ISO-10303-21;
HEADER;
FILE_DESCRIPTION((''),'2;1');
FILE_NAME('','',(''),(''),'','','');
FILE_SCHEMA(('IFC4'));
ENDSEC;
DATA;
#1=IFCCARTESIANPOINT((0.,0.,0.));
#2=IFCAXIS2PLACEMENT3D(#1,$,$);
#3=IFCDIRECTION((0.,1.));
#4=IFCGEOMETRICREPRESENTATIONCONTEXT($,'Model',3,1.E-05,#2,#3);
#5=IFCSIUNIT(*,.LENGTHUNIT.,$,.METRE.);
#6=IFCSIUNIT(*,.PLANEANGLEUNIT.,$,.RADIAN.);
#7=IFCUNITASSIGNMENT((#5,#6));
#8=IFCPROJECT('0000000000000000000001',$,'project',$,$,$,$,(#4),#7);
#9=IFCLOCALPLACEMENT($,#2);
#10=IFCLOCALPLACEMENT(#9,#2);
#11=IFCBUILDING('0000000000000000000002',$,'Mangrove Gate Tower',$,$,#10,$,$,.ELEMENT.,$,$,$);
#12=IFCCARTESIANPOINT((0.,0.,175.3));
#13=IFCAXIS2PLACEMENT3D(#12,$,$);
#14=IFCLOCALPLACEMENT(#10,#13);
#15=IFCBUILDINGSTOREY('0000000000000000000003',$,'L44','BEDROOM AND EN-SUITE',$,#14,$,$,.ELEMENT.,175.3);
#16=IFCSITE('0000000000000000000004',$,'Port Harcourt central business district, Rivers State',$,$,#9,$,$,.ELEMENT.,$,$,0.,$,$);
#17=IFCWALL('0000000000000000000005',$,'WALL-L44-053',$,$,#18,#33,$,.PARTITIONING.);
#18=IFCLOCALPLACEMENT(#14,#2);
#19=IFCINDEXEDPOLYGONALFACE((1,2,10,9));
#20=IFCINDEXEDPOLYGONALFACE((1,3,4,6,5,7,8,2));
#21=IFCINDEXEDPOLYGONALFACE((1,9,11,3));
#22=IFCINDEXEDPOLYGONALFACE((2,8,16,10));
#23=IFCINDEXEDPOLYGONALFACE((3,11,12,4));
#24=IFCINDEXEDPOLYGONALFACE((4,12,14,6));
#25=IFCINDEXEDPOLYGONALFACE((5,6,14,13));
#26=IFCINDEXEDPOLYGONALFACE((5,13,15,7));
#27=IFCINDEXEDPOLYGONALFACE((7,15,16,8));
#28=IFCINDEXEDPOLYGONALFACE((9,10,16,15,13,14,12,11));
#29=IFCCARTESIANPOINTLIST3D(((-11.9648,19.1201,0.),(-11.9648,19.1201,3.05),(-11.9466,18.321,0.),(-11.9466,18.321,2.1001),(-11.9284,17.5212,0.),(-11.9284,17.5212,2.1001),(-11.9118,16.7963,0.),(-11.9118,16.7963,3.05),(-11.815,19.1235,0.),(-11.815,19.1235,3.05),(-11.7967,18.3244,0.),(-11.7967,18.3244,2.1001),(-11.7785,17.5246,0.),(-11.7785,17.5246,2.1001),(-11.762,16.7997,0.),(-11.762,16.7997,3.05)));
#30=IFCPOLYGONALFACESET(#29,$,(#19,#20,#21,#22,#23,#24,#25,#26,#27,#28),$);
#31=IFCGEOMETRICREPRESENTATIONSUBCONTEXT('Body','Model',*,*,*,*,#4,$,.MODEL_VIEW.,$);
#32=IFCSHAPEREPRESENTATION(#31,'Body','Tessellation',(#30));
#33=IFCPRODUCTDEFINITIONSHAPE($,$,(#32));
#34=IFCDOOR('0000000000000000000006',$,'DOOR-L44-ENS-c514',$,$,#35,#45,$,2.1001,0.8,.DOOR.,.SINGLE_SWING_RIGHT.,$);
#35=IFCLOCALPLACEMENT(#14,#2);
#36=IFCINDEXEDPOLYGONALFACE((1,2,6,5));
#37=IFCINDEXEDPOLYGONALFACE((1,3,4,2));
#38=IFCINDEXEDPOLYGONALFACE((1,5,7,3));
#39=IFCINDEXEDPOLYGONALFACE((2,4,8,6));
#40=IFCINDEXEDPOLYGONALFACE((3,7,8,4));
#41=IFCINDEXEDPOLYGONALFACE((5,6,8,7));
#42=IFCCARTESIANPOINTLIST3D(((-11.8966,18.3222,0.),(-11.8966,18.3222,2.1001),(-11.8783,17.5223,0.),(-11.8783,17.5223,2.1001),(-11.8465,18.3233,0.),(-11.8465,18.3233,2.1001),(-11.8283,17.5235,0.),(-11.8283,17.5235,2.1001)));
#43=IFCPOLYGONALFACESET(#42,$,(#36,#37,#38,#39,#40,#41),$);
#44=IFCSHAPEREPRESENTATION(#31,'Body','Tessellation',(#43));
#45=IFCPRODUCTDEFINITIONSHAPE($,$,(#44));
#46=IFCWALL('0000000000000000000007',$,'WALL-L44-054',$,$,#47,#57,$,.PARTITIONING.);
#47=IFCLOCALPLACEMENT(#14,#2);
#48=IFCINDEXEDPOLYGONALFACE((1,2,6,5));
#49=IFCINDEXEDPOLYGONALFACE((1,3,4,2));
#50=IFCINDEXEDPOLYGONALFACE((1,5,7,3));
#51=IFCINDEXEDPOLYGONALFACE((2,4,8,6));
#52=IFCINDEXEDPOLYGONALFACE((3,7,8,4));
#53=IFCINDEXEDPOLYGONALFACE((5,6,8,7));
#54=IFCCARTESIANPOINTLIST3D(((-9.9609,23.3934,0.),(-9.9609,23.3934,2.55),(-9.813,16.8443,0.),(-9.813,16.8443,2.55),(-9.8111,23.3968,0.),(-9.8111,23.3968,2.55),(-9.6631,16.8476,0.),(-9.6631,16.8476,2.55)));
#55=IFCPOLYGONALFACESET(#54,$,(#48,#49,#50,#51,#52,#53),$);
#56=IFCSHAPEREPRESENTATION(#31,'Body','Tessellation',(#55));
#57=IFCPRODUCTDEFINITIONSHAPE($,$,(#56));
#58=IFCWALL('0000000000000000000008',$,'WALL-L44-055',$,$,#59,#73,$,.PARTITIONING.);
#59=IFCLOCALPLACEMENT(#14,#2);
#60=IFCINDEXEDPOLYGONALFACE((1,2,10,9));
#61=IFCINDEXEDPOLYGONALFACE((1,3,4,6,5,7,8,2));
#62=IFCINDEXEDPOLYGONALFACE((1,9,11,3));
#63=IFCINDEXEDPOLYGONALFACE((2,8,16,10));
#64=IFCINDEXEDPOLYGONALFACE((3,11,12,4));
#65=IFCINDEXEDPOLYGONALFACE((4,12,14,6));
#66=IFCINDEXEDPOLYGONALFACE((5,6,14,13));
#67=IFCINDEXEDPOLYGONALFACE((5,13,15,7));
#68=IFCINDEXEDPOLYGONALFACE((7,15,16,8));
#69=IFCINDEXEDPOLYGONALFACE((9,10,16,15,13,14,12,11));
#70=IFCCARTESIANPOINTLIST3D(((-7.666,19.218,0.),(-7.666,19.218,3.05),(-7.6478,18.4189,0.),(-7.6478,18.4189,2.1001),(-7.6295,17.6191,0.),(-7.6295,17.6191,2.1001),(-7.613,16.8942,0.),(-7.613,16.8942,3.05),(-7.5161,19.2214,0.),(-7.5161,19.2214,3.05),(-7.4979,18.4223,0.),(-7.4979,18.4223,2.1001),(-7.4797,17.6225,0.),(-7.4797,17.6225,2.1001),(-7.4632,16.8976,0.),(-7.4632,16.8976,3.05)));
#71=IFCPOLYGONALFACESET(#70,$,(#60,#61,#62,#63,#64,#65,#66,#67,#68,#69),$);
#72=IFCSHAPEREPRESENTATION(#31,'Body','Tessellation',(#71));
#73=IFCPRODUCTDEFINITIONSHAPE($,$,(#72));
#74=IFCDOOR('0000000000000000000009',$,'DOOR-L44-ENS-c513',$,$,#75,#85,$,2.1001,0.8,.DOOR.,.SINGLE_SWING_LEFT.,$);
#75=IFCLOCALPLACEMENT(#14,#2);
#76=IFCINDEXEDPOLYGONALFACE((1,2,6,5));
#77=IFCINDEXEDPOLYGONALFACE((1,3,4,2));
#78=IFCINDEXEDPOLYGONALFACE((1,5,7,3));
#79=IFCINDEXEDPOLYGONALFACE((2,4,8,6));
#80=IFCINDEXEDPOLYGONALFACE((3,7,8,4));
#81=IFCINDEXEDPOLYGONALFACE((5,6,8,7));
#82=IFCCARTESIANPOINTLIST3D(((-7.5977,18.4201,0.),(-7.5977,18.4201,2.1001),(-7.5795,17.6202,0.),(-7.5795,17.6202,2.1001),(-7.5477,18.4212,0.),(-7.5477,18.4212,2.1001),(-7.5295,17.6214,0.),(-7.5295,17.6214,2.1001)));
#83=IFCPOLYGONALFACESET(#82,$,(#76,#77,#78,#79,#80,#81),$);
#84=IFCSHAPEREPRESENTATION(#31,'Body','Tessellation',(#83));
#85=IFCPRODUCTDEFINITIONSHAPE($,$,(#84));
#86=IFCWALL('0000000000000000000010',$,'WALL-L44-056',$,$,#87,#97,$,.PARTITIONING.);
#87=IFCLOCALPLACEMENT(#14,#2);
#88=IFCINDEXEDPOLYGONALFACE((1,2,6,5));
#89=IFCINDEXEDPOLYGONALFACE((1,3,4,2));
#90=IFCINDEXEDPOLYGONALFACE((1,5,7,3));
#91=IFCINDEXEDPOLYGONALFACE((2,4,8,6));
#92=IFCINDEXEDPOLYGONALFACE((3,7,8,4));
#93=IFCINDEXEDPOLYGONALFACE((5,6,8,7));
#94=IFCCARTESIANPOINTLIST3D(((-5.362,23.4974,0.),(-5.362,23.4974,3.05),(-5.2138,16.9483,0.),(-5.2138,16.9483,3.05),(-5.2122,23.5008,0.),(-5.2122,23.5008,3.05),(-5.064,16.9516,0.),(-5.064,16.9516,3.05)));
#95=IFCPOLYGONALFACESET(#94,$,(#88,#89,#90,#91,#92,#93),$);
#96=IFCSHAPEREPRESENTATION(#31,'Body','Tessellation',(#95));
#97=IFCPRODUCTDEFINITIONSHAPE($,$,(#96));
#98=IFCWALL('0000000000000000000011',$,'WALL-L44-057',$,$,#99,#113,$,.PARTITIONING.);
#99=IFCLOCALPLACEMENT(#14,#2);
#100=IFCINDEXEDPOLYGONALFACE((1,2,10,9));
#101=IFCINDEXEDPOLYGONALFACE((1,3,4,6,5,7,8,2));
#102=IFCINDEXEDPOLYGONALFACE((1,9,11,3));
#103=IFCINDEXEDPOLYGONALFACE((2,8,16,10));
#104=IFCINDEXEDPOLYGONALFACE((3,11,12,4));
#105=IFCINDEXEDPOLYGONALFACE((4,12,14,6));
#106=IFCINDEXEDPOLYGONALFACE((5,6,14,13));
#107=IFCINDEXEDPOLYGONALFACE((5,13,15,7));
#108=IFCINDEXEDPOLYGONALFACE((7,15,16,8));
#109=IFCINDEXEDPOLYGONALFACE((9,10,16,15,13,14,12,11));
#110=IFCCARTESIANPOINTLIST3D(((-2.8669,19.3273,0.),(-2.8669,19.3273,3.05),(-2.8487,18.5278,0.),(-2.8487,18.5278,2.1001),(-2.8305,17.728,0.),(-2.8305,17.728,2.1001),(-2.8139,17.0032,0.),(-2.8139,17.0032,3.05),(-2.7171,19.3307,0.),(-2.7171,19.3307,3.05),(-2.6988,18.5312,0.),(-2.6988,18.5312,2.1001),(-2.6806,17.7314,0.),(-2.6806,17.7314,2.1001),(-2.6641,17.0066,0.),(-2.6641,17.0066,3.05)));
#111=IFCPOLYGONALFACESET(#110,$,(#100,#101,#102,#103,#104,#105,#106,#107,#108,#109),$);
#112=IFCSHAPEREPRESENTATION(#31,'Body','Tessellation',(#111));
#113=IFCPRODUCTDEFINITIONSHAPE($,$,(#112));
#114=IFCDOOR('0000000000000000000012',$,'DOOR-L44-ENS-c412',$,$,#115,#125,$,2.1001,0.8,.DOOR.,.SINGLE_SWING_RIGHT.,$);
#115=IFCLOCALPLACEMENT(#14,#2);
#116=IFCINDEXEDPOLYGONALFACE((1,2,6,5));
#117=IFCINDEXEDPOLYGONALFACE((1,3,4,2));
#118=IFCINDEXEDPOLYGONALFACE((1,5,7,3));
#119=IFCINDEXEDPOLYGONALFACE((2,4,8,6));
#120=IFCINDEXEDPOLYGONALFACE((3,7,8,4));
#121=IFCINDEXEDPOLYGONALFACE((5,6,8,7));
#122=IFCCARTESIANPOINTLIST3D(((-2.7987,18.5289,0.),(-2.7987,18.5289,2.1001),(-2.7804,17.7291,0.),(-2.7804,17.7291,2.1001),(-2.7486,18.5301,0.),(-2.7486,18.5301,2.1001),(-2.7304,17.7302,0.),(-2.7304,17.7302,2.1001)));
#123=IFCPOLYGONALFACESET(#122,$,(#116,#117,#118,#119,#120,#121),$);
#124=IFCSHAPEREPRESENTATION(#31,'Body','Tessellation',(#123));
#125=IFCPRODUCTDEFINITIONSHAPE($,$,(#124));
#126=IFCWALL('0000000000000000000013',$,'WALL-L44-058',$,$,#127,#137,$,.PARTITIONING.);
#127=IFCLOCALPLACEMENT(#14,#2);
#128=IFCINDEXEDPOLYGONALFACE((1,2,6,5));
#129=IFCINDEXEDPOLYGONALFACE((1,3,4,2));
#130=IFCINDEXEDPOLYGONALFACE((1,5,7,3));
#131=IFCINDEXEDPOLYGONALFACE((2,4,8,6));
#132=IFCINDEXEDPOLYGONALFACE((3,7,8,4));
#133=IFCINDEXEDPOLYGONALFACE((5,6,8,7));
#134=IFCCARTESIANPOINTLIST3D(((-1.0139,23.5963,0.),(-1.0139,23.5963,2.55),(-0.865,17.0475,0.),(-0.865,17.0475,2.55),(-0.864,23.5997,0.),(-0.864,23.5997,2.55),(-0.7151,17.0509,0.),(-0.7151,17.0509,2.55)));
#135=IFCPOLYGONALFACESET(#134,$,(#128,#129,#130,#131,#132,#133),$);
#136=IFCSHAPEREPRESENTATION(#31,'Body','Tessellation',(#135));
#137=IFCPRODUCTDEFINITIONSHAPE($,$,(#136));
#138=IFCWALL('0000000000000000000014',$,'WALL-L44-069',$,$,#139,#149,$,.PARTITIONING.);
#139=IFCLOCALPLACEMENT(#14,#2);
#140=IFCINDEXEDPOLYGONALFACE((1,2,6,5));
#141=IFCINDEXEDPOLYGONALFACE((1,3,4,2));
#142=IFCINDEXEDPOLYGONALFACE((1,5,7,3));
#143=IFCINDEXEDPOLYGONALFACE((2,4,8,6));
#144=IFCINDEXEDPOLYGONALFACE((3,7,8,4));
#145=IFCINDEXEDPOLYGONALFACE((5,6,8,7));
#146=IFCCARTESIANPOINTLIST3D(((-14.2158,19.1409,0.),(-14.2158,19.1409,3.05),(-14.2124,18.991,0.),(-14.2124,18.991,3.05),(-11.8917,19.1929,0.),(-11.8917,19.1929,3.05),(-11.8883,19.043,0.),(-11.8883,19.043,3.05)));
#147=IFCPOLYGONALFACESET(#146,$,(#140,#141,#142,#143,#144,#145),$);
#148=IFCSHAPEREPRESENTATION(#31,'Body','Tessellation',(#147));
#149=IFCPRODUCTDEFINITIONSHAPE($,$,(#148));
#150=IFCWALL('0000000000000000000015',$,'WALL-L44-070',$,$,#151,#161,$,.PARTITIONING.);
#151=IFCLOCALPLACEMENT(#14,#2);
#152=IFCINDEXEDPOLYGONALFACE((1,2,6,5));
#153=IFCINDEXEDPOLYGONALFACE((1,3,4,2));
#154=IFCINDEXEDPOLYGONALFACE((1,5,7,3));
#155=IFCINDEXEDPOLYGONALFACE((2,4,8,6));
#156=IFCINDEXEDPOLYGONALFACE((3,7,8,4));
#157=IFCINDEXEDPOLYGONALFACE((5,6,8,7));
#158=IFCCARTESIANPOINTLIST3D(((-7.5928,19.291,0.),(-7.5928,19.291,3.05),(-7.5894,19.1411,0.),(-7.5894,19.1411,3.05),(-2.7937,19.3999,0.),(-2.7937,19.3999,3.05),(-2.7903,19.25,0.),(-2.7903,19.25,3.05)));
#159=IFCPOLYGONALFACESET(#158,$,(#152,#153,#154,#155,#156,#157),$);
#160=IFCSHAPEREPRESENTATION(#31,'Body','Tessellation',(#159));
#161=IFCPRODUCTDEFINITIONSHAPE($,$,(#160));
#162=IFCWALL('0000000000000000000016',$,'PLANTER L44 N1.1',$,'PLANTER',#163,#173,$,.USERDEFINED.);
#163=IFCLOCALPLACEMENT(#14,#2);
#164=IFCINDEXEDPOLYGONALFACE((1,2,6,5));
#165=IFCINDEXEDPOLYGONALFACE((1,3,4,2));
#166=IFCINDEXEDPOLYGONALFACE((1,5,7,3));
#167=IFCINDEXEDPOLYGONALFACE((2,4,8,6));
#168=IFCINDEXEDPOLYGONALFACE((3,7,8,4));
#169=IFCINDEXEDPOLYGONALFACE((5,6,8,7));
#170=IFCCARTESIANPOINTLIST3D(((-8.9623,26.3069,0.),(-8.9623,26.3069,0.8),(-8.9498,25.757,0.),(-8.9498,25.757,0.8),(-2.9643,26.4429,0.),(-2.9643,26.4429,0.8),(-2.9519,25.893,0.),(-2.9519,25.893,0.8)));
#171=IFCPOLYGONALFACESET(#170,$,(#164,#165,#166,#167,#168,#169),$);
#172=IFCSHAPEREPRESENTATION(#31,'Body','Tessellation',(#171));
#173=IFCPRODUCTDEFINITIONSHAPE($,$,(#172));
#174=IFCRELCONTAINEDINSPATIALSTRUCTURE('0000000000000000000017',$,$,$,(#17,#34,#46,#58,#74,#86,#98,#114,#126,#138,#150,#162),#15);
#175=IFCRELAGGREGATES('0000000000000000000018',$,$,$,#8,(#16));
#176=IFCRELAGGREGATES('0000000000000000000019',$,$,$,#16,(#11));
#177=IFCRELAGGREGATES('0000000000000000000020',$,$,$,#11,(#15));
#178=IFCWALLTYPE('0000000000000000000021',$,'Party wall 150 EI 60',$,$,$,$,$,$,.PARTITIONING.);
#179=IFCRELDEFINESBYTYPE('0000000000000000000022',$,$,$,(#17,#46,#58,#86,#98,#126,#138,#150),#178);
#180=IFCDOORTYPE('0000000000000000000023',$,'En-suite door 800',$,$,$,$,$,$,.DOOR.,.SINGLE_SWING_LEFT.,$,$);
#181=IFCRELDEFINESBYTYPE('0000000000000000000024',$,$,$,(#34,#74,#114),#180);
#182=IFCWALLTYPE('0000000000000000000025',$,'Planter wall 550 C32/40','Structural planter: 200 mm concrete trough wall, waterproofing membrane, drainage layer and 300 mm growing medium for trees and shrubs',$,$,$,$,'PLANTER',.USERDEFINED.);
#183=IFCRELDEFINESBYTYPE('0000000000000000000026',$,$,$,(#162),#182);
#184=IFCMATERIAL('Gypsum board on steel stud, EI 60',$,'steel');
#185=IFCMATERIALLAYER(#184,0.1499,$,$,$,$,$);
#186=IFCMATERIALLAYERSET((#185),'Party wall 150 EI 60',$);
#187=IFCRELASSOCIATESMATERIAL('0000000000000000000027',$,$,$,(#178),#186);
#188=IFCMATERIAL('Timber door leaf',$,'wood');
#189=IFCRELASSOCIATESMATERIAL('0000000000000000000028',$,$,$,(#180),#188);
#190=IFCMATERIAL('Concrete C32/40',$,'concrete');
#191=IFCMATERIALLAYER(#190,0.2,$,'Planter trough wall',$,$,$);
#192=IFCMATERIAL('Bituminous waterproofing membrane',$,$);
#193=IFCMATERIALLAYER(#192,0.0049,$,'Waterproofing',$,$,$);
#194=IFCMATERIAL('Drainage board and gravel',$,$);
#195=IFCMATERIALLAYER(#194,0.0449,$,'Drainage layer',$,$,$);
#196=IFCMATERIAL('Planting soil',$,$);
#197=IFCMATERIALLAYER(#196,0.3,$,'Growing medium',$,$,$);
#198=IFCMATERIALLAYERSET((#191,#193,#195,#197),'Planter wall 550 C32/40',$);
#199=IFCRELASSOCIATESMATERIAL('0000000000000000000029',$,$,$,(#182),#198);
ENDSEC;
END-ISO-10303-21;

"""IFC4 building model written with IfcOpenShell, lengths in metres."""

from ifc_helpers import new_model, si_unit, direction, frame, frame_2d, origin, place, context, subcontext, project, spatial, rectangle, extrude, material, layer, layer_set, type_object, element, fill, save


model = new_model("IFC4")

# Units and contexts
model_context = context("Model", 3, precision=1e-05, world=origin(), true_north=direction((0.0, 1.0)))
body_context = subcontext(model_context, "Body", "Model", "MODEL_VIEW")
ifc_project = project(units=[si_unit("LENGTHUNIT", "METRE"), si_unit("PLANEANGLEUNIT", "RADIAN")], contexts=[model_context])

# Site, building, storey
site_placement = place(None, origin())
site = spatial("IfcSite", under=ifc_project, at=site_placement, Name="Port Harcourt central business district, Rivers State", CompositionType="ELEMENT", RefElevation=0.0)
building_placement = place(site_placement, origin())
building = spatial("IfcBuilding", under=site, at=building_placement, Name="Mangrove Gate Tower", CompositionType="ELEMENT")
storey_placement = place(building_placement, frame((0.0, 0.0, 175.3)))
storey = spatial("IfcBuildingStorey", under=building, at=storey_placement, Name="L44", Description="BEDROOM AND EN-SUITE", CompositionType="ELEMENT", Elevation=175.3)

# Shared definitions
ifc_material_1 = material(Name="Gypsum board on steel stud, EI 60", Category="steel")
ifc_layer_1 = layer(ifc_material_1, 0.1499)
ifc_layer_set_1 = layer_set([ifc_layer_1], Name="Party wall 150 EI 60")
wall_type_1 = type_object("IfcWallType", Name="Party wall 150 EI 60", PredefinedType="PARTITIONING", material=ifc_layer_set_1)

# Wall, opening, door
wall_1_placement = place(storey_placement, frame((-11.8369, 16.7981, 0.0), z_axis=(0.0, 0.0, 1.0), x_axis=(-0.022791, 0.99974, 0.0)))
wall_1 = element("IfcWall", 1, at=wall_1_placement, inside=storey, type_object=wall_type_1, Name="WALL-L44-053", PredefinedType="PARTITIONING", context=body_context, shape_type="SweptSolid", body=[
    extrude(rectangle(XDim=2.3245, YDim=0.1499, at=frame_2d((1.1621, 0.0))), origin(), (0.0, 0.0, 1.0), 3.05),
])
opening_1_placement = place(wall_1_placement, frame((0.7251, 0.0, 0.0)))
opening_1 = element("IfcOpeningElement", 2, at=opening_1_placement, cuts=wall_1, PredefinedType="OPENING", context=body_context, shape_type="SweptSolid", body=[
    extrude(rectangle(XDim=0.8, YDim=2.1001, at=frame_2d((0.3999, 1.05))), frame((0.0, 0.085, 0.0), z_axis=(0.0, -1.0, 0.0), x_axis=(1.0, 0.0, 0.0)), (0.0, 0.0, 1.0), 0.1699),
])
ifc_material_2 = material(Name="Timber door leaf", Category="wood")
door_type_1 = type_object("IfcDoorType", Name="En-suite door 800", OperationType="SINGLE_SWING_LEFT", PredefinedType="DOOR", material=ifc_material_2)
door_1_placement = place(opening_1_placement, origin())
door_1 = element("IfcDoor", 3, at=door_1_placement, inside=storey, type_object=door_type_1, Name="DOOR-L44-ENS-c514", OperationType="SINGLE_SWING_RIGHT", OverallHeight=2.1001, OverallWidth=0.8, PredefinedType="DOOR", context=body_context, shape_type="SweptSolid", body=[
    extrude(rectangle(XDim=0.8, YDim=2.1001, at=frame_2d((0.3999, 1.05))), frame((0.0, 0.0249, 0.0), z_axis=(0.0, -1.0, 0.0), x_axis=(1.0, 0.0, 0.0)), (0.0, 0.0, 1.0), 0.05),
])
fill(opening_1, door_1)

# Wall
wall_2_placement = place(storey_placement, frame((-9.738, 16.8459, 0.0), z_axis=(0.0, 0.0, 1.0), x_axis=(-0.022585, 0.999745, 0.0)))
element("IfcWall", 4, at=wall_2_placement, inside=storey, type_object=wall_type_1, Name="WALL-L44-054", PredefinedType="PARTITIONING", context=body_context, shape_type="SweptSolid", body=[
    extrude(rectangle(XDim=6.5508, YDim=0.1499, at=frame_2d((3.2754, 0.0))), origin(), (0.0, 0.0, 1.0), 2.55),
])

# Wall, opening, door
wall_3_placement = place(storey_placement, frame((-7.5381, 16.896, 0.0), z_axis=(0.0, 0.0, 1.0), x_axis=(-0.022791, 0.99974, 0.0)))
wall_3 = element("IfcWall", 5, at=wall_3_placement, inside=storey, type_object=wall_type_1, Name="WALL-L44-055", PredefinedType="PARTITIONING", context=body_context, shape_type="SweptSolid", body=[
    extrude(rectangle(XDim=2.3245, YDim=0.1499, at=frame_2d((1.1621, 0.0))), origin(), (0.0, 0.0, 1.0), 3.05),
])
opening_2_placement = place(wall_3_placement, frame((0.7251, 0.0, 0.0)))
opening_2 = element("IfcOpeningElement", 6, at=opening_2_placement, cuts=wall_3, PredefinedType="OPENING", context=body_context, shape_type="SweptSolid", body=[
    extrude(rectangle(XDim=0.8, YDim=2.1001, at=frame_2d((0.3999, 1.05))), frame((0.0, 0.085, 0.0), z_axis=(0.0, -1.0, 0.0), x_axis=(1.0, 0.0, 0.0)), (0.0, 0.0, 1.0), 0.1699),
])
door_2_placement = place(opening_2_placement, origin())
door_2 = element("IfcDoor", 7, at=door_2_placement, inside=storey, type_object=door_type_1, Name="DOOR-L44-ENS-c513", OperationType="SINGLE_SWING_LEFT", OverallHeight=2.1001, OverallWidth=0.8, PredefinedType="DOOR", context=body_context, shape_type="SweptSolid", body=[
    extrude(rectangle(XDim=0.8, YDim=2.1001, at=frame_2d((0.3999, 1.05))), frame((0.0, 0.0249, 0.0), z_axis=(0.0, -1.0, 0.0), x_axis=(1.0, 0.0, 0.0)), (0.0, 0.0, 1.0), 0.05),
])
fill(opening_2, door_2)

# Wall
wall_4_placement = place(storey_placement, frame((-5.1389, 16.95, 0.0), z_axis=(0.0, 0.0, 1.0), x_axis=(-0.022622, 0.999744, 0.0)))
element("IfcWall", 8, at=wall_4_placement, inside=storey, type_object=wall_type_1, Name="WALL-L44-056", PredefinedType="PARTITIONING", context=body_context, shape_type="SweptSolid", body=[
    extrude(rectangle(XDim=6.5508, YDim=0.1499, at=frame_2d((3.2754, 0.0))), origin(), (0.0, 0.0, 1.0), 3.05),
])

# Wall, opening, door
wall_5_placement = place(storey_placement, frame((-2.739, 17.0049, 0.0), z_axis=(0.0, 0.0, 1.0), x_axis=(-0.022788, 0.99974, 0.0)))
wall_5 = element("IfcWall", 9, at=wall_5_placement, inside=storey, type_object=wall_type_1, Name="WALL-L44-057", PredefinedType="PARTITIONING", context=body_context, shape_type="SweptSolid", body=[
    extrude(rectangle(XDim=2.3247, YDim=0.1499, at=frame_2d((1.1624, 0.0))), origin(), (0.0, 0.0, 1.0), 3.05),
])
opening_3_placement = place(wall_5_placement, frame((0.7251, 0.0, 0.0)))
opening_3 = element("IfcOpeningElement", 10, at=opening_3_placement, cuts=wall_5, PredefinedType="OPENING", context=body_context, shape_type="SweptSolid", body=[
    extrude(rectangle(XDim=0.8, YDim=2.1001, at=frame_2d((0.3999, 1.05))), frame((0.0, 0.085, 0.0), z_axis=(0.0, -1.0, 0.0), x_axis=(1.0, 0.0, 0.0)), (0.0, 0.0, 1.0), 0.1699),
])
door_3_placement = place(opening_3_placement, origin())
door_3 = element("IfcDoor", 11, at=door_3_placement, inside=storey, type_object=door_type_1, Name="DOOR-L44-ENS-c412", OperationType="SINGLE_SWING_RIGHT", OverallHeight=2.1001, OverallWidth=0.8, PredefinedType="DOOR", context=body_context, shape_type="SweptSolid", body=[
    extrude(rectangle(XDim=0.8, YDim=2.1001, at=frame_2d((0.3999, 1.05))), frame((0.0, 0.0249, 0.0), z_axis=(0.0, -1.0, 0.0), x_axis=(1.0, 0.0, 0.0)), (0.0, 0.0, 1.0), 0.05),
])
fill(opening_3, door_3)

# Walls
wall_6_placement = place(storey_placement, frame((-0.79, 17.0491, 0.0), z_axis=(0.0, 0.0, 1.0), x_axis=(-0.022735, 0.999742, 0.0)))
element("IfcWall", 12, at=wall_6_placement, inside=storey, type_object=wall_type_1, Name="WALL-L44-058", PredefinedType="PARTITIONING", context=body_context, shape_type="SweptSolid", body=[
    extrude(rectangle(XDim=6.5505, YDim=0.1499, at=frame_2d((3.2754, 0.0))), origin(), (0.0, 0.0, 1.0), 2.55),
])
wall_7_placement = place(storey_placement, frame((-14.2141, 19.0659, 0.0), z_axis=(0.0, 0.0, 1.0), x_axis=(0.99975, 0.022368, 0.0)))
element("IfcWall", 13, at=wall_7_placement, inside=storey, type_object=wall_type_1, Name="WALL-L44-069", PredefinedType="PARTITIONING", context=body_context, shape_type="SweptSolid", body=[
    extrude(rectangle(XDim=2.3247, YDim=0.1499, at=frame_2d((1.1624, 0.0))), origin(), (0.0, 0.0, 1.0), 3.05),
])
wall_8_placement = place(storey_placement, frame((-7.5911, 19.2161, 0.0), z_axis=(0.0, 0.0, 1.0), x_axis=(0.999743, 0.022683, 0.0)))
element("IfcWall", 14, at=wall_8_placement, inside=storey, type_object=wall_type_1, Name="WALL-L44-070", PredefinedType="PARTITIONING", context=body_context, shape_type="SweptSolid", body=[
    extrude(rectangle(XDim=4.8003, YDim=0.1499, at=frame_2d((2.4001, 0.0))), origin(), (0.0, 0.0, 1.0), 3.05),
])
ifc_material_3 = material(Name="Concrete C32/40", Category="concrete")
ifc_layer_2 = layer(ifc_material_3, 0.2, Name="Planter trough wall")
ifc_material_4 = material(Name="Bituminous waterproofing membrane")
ifc_layer_3 = layer(ifc_material_4, 0.0049, Name="Waterproofing")
ifc_material_5 = material(Name="Drainage board and gravel")
ifc_layer_4 = layer(ifc_material_5, 0.0449, Name="Drainage layer")
ifc_material_6 = material(Name="Planting soil")
ifc_layer_5 = layer(ifc_material_6, 0.3, Name="Growing medium")
ifc_layer_set_2 = layer_set([ifc_layer_2, ifc_layer_3, ifc_layer_4, ifc_layer_5], Name="Planter wall 550 C32/40")
wall_type_2 = type_object("IfcWallType", Name="Planter wall 550 C32/40", Description="Structural planter: 200 mm concrete trough wall, waterproofing membrane, drainage layer and 300 mm growing medium for trees and shrubs", ElementType="PLANTER", PredefinedType="USERDEFINED", material=ifc_layer_set_2)
wall_9_placement = place(storey_placement, frame((-8.9561, 26.032, 0.0), z_axis=(0.0, 0.0, 1.0), x_axis=(0.999743, 0.022666, 0.0)))
element("IfcWall", 15, at=wall_9_placement, inside=storey, type_object=wall_type_2, Name="PLANTER L44 N1.1", ObjectType="PLANTER", PredefinedType="USERDEFINED", context=body_context, shape_type="SweptSolid", body=[
    extrude(rectangle(XDim=5.9995, YDim=0.55, at=frame_2d((2.9998, 0.0))), origin(), (0.0, 0.0, 1.0), 0.8),
])

save(model, "model.ifc")
